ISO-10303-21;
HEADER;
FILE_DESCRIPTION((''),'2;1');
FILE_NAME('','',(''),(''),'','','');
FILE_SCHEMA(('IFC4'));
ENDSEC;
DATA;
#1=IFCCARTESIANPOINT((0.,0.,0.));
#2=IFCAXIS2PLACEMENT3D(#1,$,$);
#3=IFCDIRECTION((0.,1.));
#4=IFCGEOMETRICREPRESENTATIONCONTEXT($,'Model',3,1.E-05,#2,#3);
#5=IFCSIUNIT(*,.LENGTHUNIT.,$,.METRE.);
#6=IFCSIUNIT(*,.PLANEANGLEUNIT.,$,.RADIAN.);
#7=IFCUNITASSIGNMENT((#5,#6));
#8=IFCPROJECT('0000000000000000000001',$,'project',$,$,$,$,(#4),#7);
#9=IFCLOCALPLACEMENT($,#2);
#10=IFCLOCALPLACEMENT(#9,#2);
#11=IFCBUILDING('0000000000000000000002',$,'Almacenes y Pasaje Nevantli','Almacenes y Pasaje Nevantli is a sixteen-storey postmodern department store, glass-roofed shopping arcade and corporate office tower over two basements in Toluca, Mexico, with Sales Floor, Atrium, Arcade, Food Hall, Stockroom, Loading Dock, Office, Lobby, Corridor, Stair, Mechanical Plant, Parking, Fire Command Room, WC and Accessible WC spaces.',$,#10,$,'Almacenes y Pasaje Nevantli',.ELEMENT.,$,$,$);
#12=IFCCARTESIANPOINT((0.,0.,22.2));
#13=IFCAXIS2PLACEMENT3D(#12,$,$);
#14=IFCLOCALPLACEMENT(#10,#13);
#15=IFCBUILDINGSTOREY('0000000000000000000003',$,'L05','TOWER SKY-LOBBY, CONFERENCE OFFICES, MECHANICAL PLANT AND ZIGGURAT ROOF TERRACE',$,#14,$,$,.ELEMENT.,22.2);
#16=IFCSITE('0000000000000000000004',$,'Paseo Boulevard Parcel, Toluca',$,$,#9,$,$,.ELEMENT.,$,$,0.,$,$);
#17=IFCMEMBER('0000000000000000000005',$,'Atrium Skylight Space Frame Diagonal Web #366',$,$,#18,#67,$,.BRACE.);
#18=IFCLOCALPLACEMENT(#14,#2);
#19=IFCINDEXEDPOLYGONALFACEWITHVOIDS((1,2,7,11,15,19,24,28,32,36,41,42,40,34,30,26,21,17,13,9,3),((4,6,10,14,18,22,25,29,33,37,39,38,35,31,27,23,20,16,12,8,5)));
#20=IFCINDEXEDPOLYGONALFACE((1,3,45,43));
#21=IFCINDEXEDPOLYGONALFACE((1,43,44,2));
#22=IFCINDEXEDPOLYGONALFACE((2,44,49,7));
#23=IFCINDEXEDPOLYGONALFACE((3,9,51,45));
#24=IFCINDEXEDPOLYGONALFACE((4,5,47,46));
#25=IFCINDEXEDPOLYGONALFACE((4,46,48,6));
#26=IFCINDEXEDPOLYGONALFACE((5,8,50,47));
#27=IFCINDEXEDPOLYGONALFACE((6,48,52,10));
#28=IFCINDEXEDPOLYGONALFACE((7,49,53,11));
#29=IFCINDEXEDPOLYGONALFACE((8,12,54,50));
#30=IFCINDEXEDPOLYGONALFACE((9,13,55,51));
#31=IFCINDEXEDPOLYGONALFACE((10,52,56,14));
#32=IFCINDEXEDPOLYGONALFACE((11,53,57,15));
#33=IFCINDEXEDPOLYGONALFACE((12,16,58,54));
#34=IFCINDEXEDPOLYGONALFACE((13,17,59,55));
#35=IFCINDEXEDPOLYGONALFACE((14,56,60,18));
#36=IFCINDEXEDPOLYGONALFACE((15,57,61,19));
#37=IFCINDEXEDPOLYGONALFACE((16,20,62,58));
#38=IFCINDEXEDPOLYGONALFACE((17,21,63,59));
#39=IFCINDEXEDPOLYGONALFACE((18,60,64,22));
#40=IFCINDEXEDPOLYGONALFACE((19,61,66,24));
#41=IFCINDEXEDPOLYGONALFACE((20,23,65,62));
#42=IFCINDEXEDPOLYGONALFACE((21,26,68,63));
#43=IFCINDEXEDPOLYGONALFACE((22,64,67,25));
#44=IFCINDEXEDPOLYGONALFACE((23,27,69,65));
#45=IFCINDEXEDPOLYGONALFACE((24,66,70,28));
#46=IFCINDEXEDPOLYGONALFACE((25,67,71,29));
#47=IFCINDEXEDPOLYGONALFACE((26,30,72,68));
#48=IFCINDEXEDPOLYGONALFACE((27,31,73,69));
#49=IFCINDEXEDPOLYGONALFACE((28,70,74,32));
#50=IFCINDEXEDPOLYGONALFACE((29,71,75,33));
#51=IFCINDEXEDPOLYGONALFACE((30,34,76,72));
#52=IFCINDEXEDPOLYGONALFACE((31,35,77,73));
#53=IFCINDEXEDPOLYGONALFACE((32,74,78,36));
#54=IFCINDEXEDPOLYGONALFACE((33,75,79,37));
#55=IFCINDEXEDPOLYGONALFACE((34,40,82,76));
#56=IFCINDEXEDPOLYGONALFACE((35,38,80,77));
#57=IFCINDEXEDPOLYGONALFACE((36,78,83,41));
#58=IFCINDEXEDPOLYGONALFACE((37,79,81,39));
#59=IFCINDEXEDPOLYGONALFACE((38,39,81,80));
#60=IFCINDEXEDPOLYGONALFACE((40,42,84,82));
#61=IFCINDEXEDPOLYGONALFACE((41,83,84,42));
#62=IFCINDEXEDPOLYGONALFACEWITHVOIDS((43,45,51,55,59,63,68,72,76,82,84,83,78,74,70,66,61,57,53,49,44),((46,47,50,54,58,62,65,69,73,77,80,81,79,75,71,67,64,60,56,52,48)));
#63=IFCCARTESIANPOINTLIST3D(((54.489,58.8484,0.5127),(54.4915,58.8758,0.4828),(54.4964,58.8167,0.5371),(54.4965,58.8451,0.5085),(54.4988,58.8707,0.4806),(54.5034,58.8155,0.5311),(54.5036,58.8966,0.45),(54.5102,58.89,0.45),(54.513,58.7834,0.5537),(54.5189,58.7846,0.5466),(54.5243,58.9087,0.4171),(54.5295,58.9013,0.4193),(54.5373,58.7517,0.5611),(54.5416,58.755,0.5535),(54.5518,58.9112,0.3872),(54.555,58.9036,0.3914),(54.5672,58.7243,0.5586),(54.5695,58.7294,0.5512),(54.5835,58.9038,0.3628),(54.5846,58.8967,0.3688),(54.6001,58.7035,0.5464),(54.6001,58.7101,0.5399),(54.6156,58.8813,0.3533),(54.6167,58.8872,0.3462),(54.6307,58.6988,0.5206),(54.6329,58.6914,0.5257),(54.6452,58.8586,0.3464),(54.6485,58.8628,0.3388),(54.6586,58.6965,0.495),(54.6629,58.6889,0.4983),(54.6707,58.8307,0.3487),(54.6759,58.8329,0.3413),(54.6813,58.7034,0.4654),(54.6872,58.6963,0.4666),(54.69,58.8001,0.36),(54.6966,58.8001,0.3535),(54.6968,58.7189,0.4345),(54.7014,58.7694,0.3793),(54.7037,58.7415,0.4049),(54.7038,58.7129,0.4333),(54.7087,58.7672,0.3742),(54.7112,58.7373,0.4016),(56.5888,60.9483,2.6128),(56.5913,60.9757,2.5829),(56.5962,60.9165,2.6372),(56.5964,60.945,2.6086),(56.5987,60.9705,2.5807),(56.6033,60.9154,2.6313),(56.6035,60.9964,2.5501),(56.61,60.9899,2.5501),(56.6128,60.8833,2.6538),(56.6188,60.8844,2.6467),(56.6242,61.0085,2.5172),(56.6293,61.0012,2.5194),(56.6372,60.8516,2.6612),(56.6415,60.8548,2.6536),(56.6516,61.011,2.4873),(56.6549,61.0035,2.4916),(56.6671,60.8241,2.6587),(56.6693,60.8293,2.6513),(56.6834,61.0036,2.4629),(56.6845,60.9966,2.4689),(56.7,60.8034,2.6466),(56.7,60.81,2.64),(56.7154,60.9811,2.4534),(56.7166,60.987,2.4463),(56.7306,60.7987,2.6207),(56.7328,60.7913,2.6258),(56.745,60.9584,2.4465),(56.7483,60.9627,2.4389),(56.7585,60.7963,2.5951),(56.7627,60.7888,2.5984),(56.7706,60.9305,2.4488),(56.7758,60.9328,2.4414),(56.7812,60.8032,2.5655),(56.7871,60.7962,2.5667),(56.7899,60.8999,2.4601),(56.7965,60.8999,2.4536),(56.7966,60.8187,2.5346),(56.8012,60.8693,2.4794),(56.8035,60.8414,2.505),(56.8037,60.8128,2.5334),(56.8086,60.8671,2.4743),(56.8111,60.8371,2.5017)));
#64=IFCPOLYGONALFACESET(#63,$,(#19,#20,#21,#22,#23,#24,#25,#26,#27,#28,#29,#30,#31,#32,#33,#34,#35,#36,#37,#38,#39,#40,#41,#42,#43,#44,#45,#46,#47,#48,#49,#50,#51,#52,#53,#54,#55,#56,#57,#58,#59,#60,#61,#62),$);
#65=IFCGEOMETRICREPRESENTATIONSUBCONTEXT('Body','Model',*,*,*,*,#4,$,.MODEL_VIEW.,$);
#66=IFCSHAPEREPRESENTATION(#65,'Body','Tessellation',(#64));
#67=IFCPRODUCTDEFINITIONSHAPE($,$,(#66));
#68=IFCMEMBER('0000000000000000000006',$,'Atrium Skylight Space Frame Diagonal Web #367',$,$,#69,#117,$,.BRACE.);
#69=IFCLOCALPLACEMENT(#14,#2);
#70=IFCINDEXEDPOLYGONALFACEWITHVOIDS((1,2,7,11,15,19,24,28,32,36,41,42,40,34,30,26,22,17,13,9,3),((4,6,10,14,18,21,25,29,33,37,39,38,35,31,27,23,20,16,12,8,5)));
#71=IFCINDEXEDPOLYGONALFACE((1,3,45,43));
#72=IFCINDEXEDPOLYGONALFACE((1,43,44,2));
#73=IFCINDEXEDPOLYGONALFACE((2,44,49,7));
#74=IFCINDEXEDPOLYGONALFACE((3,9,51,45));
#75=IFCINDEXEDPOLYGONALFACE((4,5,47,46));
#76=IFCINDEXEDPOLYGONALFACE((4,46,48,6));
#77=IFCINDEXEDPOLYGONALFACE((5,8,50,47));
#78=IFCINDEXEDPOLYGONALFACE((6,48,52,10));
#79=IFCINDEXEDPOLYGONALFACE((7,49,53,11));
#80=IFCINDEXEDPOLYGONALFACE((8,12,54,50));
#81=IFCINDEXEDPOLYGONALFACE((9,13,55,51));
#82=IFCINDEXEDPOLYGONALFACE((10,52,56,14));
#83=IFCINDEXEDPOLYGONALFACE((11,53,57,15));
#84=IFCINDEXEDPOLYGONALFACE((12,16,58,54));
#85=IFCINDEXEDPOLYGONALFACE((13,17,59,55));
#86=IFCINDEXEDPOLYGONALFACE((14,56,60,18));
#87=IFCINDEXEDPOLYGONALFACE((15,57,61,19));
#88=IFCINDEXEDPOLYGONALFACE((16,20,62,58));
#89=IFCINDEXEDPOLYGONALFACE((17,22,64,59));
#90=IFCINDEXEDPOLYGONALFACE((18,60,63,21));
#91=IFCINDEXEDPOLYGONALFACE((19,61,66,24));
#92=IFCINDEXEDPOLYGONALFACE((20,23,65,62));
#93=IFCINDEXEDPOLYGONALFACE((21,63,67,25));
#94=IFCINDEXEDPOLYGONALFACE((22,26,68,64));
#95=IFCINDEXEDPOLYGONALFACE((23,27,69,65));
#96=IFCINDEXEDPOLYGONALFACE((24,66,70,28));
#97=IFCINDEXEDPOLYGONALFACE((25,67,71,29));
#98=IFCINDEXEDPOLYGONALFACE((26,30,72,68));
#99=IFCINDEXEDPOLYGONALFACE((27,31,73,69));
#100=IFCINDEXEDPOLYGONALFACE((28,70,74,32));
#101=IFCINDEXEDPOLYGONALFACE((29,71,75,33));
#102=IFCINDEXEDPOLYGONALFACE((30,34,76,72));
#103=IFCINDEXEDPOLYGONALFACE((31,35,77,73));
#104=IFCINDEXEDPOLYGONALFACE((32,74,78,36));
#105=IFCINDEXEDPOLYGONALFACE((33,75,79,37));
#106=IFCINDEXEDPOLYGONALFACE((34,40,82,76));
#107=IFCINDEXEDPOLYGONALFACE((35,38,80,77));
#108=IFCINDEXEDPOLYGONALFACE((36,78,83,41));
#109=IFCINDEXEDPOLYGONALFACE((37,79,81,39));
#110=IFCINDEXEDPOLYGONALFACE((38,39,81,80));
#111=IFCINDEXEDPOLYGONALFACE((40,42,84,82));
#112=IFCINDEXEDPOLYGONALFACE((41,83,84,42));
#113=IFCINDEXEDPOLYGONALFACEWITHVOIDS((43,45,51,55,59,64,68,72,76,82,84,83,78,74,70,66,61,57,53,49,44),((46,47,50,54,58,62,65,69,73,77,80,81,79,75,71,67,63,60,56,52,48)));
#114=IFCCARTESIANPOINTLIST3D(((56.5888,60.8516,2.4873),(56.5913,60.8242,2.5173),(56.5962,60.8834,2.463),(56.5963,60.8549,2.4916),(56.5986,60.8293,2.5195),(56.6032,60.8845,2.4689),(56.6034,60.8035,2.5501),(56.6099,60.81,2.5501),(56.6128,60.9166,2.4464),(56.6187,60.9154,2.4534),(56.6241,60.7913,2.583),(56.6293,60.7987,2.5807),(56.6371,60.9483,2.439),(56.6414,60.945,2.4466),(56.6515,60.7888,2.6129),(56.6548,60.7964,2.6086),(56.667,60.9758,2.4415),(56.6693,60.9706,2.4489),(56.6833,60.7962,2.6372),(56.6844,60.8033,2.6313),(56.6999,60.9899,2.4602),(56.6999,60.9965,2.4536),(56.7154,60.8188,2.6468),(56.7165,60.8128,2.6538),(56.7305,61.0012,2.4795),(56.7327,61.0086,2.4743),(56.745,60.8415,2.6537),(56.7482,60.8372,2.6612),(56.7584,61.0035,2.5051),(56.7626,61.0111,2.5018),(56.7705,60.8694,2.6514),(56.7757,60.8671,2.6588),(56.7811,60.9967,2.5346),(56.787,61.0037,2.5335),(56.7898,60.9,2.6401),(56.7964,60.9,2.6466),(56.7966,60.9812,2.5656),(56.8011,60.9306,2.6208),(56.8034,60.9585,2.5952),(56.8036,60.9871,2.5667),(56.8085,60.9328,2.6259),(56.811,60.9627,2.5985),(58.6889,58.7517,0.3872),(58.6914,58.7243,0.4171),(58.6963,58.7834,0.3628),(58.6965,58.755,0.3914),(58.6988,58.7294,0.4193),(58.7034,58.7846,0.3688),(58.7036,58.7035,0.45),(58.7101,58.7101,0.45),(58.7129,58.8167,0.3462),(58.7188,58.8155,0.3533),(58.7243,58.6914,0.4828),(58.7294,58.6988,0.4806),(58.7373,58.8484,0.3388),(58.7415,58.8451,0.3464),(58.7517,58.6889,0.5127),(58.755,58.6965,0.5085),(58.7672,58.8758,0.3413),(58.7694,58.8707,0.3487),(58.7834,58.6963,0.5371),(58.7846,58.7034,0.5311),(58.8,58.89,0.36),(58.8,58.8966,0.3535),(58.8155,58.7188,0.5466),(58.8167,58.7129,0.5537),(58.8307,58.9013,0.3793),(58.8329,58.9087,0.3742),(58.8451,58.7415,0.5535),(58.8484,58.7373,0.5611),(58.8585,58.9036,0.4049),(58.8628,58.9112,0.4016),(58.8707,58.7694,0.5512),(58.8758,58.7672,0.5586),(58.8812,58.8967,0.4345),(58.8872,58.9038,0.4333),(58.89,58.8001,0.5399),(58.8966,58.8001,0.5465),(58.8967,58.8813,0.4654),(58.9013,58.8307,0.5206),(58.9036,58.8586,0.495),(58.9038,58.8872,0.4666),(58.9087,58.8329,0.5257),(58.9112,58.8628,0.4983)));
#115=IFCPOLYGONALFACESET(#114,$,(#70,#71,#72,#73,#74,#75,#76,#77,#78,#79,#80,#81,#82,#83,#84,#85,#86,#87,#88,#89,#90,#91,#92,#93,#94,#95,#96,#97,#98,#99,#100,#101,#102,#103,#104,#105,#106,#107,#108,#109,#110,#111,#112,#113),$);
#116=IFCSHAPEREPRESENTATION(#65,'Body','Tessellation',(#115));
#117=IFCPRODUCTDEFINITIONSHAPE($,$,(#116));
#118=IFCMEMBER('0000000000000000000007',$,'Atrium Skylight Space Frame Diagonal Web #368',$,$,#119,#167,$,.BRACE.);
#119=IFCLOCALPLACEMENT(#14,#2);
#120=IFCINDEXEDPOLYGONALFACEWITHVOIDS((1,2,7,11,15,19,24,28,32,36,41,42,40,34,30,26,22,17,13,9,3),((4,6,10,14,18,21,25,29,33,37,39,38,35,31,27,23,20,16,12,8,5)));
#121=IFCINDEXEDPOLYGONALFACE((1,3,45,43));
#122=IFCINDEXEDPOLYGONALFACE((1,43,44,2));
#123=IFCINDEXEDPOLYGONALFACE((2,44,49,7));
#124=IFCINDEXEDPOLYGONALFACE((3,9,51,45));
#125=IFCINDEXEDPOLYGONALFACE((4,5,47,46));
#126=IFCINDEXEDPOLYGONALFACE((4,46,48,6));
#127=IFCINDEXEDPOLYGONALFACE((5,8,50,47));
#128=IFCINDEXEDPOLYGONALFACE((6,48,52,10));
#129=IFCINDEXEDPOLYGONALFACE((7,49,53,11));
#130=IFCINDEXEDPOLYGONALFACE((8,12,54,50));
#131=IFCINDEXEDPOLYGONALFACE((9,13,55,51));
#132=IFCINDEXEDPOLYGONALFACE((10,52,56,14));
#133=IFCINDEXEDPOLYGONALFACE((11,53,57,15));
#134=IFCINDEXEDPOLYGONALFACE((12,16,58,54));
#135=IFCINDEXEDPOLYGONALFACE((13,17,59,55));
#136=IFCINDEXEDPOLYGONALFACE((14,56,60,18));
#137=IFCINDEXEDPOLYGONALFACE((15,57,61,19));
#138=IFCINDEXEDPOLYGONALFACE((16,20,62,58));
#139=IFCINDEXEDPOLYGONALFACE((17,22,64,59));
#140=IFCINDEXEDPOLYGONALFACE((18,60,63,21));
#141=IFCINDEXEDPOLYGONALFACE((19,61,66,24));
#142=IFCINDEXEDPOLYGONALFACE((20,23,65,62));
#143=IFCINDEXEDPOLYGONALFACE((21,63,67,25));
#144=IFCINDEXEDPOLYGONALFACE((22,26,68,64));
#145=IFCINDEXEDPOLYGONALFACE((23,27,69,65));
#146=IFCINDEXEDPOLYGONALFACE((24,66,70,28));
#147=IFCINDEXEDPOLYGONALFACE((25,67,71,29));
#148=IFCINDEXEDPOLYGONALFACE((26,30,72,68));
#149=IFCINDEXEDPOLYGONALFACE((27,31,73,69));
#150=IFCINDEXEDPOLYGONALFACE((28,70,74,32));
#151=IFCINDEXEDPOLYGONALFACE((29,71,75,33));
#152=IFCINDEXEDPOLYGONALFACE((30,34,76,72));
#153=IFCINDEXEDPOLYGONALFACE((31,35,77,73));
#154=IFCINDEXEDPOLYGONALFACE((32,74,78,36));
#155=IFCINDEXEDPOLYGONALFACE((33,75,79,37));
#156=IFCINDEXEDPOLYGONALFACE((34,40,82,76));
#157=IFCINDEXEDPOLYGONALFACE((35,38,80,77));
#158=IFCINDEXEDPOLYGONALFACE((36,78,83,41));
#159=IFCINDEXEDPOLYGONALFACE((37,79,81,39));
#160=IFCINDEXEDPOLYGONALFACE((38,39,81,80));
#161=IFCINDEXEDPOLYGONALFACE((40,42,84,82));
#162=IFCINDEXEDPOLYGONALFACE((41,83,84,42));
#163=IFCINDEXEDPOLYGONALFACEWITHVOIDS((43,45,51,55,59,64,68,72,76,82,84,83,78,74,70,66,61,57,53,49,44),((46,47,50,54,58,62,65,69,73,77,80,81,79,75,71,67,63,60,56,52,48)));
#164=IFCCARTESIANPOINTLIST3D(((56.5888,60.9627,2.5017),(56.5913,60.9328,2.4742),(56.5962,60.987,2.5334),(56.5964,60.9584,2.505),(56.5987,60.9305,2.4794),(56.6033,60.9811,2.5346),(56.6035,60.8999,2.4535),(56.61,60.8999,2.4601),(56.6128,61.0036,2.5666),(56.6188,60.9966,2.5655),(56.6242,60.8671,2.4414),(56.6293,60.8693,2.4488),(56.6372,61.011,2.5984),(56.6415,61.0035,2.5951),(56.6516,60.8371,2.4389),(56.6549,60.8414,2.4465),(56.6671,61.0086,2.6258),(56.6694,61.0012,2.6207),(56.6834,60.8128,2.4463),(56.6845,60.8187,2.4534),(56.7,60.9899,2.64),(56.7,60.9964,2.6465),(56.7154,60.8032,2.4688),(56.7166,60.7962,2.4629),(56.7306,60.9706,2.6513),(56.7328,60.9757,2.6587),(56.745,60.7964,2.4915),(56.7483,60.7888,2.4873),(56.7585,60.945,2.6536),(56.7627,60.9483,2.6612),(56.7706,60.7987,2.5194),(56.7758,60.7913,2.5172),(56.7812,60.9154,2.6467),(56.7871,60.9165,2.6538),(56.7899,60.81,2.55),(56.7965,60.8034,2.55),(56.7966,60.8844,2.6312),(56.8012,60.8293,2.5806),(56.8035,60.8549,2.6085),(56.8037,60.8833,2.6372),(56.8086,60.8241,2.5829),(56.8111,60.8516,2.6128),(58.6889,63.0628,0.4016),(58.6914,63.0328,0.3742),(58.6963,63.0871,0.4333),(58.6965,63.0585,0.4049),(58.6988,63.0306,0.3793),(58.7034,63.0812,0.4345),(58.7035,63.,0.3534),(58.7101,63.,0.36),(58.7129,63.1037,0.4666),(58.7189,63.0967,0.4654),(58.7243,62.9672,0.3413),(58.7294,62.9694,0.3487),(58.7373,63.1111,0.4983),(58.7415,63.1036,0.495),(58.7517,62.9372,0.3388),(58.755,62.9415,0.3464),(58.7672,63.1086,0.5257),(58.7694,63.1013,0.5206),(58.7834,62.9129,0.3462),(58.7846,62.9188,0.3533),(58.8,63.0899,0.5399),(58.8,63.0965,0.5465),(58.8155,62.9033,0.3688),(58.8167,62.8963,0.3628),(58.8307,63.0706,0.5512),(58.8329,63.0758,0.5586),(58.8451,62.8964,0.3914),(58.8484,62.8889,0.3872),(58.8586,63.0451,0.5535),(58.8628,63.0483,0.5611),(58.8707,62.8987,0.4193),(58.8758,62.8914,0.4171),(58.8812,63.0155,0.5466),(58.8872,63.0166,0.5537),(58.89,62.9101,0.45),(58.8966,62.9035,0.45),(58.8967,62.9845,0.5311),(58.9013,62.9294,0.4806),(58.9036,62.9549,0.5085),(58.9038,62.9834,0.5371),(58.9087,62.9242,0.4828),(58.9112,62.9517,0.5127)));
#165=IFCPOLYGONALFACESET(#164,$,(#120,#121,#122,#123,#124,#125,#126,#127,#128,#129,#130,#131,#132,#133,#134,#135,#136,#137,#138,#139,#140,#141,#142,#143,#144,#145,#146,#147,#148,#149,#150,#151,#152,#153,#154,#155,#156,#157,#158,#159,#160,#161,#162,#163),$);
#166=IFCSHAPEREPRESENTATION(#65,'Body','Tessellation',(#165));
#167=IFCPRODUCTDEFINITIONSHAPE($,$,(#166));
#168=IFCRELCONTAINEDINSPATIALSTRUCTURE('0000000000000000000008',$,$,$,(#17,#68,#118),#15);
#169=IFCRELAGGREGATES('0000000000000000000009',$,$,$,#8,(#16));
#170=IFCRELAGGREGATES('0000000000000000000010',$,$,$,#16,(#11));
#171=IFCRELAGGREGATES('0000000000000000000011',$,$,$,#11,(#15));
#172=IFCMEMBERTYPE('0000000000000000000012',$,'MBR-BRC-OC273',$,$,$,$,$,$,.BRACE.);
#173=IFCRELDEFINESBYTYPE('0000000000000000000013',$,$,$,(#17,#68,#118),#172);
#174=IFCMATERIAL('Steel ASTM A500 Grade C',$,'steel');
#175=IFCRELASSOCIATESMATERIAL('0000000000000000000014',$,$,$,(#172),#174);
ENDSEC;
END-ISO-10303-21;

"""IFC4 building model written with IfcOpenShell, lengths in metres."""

from ifc_helpers import new_model, si_unit, direction, frame, origin, origin_2d, place, context, subcontext, project, spatial, hollow_circle, extrude, material, material_profile, profile_set, type_object, element, save


model = new_model("IFC4")

# Units and contexts
model_context = context("Model", 3, precision=1e-05, world=origin(), true_north=direction((0.0, 1.0)))
body_context = subcontext(model_context, "Body", "Model", "MODEL_VIEW")
ifc_project = project(units=[si_unit("LENGTHUNIT", "METRE"), si_unit("PLANEANGLEUNIT", "RADIAN")], contexts=[model_context])

# Site, building, storey
site_placement = place(None, origin())
site = spatial("IfcSite", under=ifc_project, at=site_placement, Name="Paseo Boulevard Parcel, Toluca", CompositionType="ELEMENT", RefElevation=0.0)
building_placement = place(site_placement, origin())
building = spatial("IfcBuilding", under=site, at=building_placement, Name="Almacenes y Pasaje Nevantli", Description="Almacenes y Pasaje Nevantli is a sixteen-storey postmodern department store, glass-roofed shopping arcade and corporate office tower over two basements in Toluca, Mexico, with Sales Floor, Atrium, Arcade, Food Hall, Stockroom, Loading Dock, Office, Lobby, Corridor, Stair, Mechanical Plant, Parking, Fire Command Room, WC and Accessible WC spaces.", LongName="Almacenes y Pasaje Nevantli", CompositionType="ELEMENT")
storey_placement = place(building_placement, frame((0.0, 0.0, 22.2)))
storey = spatial("IfcBuildingStorey", under=building, at=storey_placement, Name="L05", Description="TOWER SKY-LOBBY, CONFERENCE OFFICES, MECHANICAL PLANT AND ZIGGURAT ROOF TERRACE", CompositionType="ELEMENT", Elevation=22.2)

# Members
ifc_material_1 = material(Name="Steel ASTM A500 Grade C", Category="steel")
ifc_material_profile_1 = material_profile(ifc_material_1, hollow_circle(Radius=0.1365, WallThickness=0.0093, at=origin_2d()), Name="OC 273x9.3")
ifc_profile_set_1 = profile_set([ifc_material_profile_1], Name="Steel ASTM A500 Grade C")
member_type_1 = type_object("IfcMemberType", Name="MBR-BRC-OC273", PredefinedType="BRACE", material=ifc_profile_set_1)
member_1_placement = place(storey_placement, frame((54.6001, 58.8, 0.45), z_axis=(0.577328, 0.577328, 0.577395), x_axis=(-0.707107, 0.707107, 0.0)))
element("IfcMember", 1, at=member_1_placement, inside=storey, type_object=member_type_1, Name="Atrium Skylight Space Frame Diagonal Web #366", PredefinedType="BRACE", context=body_context, shape_type="SweptSolid", body=[
    extrude(hollow_circle(Radius=0.1365, WallThickness=0.0093, at=origin_2d()), origin(), (0.0, 0.0, 1.0), 3.6372),
])
for number, where, z_axis, x_axis, name in (
    (2, (58.8, 58.8, 0.45), (-0.577373, 0.577306, 0.577373), (-0.707066, -0.707148, 0.0), "Atrium Skylight Space Frame Diagonal Web #367"),
    (3, (58.8, 63.0, 0.45), (-0.57735, -0.57735, 0.57735), (0.707107, -0.707107, 0.0), "Atrium Skylight Space Frame Diagonal Web #368"),
):
    element("IfcMember", number, at=place(storey_placement, frame(where, z_axis=z_axis, x_axis=x_axis)), inside=storey, type_object=member_type_1, Name=name, PredefinedType="BRACE", context=body_context, shape_type="SweptSolid", body=[
        extrude(hollow_circle(Radius=0.1365, WallThickness=0.0093, at=origin_2d()), origin(), (0.0, 0.0, 1.0), 3.6375),
    ])

save(model, "model.ifc")
